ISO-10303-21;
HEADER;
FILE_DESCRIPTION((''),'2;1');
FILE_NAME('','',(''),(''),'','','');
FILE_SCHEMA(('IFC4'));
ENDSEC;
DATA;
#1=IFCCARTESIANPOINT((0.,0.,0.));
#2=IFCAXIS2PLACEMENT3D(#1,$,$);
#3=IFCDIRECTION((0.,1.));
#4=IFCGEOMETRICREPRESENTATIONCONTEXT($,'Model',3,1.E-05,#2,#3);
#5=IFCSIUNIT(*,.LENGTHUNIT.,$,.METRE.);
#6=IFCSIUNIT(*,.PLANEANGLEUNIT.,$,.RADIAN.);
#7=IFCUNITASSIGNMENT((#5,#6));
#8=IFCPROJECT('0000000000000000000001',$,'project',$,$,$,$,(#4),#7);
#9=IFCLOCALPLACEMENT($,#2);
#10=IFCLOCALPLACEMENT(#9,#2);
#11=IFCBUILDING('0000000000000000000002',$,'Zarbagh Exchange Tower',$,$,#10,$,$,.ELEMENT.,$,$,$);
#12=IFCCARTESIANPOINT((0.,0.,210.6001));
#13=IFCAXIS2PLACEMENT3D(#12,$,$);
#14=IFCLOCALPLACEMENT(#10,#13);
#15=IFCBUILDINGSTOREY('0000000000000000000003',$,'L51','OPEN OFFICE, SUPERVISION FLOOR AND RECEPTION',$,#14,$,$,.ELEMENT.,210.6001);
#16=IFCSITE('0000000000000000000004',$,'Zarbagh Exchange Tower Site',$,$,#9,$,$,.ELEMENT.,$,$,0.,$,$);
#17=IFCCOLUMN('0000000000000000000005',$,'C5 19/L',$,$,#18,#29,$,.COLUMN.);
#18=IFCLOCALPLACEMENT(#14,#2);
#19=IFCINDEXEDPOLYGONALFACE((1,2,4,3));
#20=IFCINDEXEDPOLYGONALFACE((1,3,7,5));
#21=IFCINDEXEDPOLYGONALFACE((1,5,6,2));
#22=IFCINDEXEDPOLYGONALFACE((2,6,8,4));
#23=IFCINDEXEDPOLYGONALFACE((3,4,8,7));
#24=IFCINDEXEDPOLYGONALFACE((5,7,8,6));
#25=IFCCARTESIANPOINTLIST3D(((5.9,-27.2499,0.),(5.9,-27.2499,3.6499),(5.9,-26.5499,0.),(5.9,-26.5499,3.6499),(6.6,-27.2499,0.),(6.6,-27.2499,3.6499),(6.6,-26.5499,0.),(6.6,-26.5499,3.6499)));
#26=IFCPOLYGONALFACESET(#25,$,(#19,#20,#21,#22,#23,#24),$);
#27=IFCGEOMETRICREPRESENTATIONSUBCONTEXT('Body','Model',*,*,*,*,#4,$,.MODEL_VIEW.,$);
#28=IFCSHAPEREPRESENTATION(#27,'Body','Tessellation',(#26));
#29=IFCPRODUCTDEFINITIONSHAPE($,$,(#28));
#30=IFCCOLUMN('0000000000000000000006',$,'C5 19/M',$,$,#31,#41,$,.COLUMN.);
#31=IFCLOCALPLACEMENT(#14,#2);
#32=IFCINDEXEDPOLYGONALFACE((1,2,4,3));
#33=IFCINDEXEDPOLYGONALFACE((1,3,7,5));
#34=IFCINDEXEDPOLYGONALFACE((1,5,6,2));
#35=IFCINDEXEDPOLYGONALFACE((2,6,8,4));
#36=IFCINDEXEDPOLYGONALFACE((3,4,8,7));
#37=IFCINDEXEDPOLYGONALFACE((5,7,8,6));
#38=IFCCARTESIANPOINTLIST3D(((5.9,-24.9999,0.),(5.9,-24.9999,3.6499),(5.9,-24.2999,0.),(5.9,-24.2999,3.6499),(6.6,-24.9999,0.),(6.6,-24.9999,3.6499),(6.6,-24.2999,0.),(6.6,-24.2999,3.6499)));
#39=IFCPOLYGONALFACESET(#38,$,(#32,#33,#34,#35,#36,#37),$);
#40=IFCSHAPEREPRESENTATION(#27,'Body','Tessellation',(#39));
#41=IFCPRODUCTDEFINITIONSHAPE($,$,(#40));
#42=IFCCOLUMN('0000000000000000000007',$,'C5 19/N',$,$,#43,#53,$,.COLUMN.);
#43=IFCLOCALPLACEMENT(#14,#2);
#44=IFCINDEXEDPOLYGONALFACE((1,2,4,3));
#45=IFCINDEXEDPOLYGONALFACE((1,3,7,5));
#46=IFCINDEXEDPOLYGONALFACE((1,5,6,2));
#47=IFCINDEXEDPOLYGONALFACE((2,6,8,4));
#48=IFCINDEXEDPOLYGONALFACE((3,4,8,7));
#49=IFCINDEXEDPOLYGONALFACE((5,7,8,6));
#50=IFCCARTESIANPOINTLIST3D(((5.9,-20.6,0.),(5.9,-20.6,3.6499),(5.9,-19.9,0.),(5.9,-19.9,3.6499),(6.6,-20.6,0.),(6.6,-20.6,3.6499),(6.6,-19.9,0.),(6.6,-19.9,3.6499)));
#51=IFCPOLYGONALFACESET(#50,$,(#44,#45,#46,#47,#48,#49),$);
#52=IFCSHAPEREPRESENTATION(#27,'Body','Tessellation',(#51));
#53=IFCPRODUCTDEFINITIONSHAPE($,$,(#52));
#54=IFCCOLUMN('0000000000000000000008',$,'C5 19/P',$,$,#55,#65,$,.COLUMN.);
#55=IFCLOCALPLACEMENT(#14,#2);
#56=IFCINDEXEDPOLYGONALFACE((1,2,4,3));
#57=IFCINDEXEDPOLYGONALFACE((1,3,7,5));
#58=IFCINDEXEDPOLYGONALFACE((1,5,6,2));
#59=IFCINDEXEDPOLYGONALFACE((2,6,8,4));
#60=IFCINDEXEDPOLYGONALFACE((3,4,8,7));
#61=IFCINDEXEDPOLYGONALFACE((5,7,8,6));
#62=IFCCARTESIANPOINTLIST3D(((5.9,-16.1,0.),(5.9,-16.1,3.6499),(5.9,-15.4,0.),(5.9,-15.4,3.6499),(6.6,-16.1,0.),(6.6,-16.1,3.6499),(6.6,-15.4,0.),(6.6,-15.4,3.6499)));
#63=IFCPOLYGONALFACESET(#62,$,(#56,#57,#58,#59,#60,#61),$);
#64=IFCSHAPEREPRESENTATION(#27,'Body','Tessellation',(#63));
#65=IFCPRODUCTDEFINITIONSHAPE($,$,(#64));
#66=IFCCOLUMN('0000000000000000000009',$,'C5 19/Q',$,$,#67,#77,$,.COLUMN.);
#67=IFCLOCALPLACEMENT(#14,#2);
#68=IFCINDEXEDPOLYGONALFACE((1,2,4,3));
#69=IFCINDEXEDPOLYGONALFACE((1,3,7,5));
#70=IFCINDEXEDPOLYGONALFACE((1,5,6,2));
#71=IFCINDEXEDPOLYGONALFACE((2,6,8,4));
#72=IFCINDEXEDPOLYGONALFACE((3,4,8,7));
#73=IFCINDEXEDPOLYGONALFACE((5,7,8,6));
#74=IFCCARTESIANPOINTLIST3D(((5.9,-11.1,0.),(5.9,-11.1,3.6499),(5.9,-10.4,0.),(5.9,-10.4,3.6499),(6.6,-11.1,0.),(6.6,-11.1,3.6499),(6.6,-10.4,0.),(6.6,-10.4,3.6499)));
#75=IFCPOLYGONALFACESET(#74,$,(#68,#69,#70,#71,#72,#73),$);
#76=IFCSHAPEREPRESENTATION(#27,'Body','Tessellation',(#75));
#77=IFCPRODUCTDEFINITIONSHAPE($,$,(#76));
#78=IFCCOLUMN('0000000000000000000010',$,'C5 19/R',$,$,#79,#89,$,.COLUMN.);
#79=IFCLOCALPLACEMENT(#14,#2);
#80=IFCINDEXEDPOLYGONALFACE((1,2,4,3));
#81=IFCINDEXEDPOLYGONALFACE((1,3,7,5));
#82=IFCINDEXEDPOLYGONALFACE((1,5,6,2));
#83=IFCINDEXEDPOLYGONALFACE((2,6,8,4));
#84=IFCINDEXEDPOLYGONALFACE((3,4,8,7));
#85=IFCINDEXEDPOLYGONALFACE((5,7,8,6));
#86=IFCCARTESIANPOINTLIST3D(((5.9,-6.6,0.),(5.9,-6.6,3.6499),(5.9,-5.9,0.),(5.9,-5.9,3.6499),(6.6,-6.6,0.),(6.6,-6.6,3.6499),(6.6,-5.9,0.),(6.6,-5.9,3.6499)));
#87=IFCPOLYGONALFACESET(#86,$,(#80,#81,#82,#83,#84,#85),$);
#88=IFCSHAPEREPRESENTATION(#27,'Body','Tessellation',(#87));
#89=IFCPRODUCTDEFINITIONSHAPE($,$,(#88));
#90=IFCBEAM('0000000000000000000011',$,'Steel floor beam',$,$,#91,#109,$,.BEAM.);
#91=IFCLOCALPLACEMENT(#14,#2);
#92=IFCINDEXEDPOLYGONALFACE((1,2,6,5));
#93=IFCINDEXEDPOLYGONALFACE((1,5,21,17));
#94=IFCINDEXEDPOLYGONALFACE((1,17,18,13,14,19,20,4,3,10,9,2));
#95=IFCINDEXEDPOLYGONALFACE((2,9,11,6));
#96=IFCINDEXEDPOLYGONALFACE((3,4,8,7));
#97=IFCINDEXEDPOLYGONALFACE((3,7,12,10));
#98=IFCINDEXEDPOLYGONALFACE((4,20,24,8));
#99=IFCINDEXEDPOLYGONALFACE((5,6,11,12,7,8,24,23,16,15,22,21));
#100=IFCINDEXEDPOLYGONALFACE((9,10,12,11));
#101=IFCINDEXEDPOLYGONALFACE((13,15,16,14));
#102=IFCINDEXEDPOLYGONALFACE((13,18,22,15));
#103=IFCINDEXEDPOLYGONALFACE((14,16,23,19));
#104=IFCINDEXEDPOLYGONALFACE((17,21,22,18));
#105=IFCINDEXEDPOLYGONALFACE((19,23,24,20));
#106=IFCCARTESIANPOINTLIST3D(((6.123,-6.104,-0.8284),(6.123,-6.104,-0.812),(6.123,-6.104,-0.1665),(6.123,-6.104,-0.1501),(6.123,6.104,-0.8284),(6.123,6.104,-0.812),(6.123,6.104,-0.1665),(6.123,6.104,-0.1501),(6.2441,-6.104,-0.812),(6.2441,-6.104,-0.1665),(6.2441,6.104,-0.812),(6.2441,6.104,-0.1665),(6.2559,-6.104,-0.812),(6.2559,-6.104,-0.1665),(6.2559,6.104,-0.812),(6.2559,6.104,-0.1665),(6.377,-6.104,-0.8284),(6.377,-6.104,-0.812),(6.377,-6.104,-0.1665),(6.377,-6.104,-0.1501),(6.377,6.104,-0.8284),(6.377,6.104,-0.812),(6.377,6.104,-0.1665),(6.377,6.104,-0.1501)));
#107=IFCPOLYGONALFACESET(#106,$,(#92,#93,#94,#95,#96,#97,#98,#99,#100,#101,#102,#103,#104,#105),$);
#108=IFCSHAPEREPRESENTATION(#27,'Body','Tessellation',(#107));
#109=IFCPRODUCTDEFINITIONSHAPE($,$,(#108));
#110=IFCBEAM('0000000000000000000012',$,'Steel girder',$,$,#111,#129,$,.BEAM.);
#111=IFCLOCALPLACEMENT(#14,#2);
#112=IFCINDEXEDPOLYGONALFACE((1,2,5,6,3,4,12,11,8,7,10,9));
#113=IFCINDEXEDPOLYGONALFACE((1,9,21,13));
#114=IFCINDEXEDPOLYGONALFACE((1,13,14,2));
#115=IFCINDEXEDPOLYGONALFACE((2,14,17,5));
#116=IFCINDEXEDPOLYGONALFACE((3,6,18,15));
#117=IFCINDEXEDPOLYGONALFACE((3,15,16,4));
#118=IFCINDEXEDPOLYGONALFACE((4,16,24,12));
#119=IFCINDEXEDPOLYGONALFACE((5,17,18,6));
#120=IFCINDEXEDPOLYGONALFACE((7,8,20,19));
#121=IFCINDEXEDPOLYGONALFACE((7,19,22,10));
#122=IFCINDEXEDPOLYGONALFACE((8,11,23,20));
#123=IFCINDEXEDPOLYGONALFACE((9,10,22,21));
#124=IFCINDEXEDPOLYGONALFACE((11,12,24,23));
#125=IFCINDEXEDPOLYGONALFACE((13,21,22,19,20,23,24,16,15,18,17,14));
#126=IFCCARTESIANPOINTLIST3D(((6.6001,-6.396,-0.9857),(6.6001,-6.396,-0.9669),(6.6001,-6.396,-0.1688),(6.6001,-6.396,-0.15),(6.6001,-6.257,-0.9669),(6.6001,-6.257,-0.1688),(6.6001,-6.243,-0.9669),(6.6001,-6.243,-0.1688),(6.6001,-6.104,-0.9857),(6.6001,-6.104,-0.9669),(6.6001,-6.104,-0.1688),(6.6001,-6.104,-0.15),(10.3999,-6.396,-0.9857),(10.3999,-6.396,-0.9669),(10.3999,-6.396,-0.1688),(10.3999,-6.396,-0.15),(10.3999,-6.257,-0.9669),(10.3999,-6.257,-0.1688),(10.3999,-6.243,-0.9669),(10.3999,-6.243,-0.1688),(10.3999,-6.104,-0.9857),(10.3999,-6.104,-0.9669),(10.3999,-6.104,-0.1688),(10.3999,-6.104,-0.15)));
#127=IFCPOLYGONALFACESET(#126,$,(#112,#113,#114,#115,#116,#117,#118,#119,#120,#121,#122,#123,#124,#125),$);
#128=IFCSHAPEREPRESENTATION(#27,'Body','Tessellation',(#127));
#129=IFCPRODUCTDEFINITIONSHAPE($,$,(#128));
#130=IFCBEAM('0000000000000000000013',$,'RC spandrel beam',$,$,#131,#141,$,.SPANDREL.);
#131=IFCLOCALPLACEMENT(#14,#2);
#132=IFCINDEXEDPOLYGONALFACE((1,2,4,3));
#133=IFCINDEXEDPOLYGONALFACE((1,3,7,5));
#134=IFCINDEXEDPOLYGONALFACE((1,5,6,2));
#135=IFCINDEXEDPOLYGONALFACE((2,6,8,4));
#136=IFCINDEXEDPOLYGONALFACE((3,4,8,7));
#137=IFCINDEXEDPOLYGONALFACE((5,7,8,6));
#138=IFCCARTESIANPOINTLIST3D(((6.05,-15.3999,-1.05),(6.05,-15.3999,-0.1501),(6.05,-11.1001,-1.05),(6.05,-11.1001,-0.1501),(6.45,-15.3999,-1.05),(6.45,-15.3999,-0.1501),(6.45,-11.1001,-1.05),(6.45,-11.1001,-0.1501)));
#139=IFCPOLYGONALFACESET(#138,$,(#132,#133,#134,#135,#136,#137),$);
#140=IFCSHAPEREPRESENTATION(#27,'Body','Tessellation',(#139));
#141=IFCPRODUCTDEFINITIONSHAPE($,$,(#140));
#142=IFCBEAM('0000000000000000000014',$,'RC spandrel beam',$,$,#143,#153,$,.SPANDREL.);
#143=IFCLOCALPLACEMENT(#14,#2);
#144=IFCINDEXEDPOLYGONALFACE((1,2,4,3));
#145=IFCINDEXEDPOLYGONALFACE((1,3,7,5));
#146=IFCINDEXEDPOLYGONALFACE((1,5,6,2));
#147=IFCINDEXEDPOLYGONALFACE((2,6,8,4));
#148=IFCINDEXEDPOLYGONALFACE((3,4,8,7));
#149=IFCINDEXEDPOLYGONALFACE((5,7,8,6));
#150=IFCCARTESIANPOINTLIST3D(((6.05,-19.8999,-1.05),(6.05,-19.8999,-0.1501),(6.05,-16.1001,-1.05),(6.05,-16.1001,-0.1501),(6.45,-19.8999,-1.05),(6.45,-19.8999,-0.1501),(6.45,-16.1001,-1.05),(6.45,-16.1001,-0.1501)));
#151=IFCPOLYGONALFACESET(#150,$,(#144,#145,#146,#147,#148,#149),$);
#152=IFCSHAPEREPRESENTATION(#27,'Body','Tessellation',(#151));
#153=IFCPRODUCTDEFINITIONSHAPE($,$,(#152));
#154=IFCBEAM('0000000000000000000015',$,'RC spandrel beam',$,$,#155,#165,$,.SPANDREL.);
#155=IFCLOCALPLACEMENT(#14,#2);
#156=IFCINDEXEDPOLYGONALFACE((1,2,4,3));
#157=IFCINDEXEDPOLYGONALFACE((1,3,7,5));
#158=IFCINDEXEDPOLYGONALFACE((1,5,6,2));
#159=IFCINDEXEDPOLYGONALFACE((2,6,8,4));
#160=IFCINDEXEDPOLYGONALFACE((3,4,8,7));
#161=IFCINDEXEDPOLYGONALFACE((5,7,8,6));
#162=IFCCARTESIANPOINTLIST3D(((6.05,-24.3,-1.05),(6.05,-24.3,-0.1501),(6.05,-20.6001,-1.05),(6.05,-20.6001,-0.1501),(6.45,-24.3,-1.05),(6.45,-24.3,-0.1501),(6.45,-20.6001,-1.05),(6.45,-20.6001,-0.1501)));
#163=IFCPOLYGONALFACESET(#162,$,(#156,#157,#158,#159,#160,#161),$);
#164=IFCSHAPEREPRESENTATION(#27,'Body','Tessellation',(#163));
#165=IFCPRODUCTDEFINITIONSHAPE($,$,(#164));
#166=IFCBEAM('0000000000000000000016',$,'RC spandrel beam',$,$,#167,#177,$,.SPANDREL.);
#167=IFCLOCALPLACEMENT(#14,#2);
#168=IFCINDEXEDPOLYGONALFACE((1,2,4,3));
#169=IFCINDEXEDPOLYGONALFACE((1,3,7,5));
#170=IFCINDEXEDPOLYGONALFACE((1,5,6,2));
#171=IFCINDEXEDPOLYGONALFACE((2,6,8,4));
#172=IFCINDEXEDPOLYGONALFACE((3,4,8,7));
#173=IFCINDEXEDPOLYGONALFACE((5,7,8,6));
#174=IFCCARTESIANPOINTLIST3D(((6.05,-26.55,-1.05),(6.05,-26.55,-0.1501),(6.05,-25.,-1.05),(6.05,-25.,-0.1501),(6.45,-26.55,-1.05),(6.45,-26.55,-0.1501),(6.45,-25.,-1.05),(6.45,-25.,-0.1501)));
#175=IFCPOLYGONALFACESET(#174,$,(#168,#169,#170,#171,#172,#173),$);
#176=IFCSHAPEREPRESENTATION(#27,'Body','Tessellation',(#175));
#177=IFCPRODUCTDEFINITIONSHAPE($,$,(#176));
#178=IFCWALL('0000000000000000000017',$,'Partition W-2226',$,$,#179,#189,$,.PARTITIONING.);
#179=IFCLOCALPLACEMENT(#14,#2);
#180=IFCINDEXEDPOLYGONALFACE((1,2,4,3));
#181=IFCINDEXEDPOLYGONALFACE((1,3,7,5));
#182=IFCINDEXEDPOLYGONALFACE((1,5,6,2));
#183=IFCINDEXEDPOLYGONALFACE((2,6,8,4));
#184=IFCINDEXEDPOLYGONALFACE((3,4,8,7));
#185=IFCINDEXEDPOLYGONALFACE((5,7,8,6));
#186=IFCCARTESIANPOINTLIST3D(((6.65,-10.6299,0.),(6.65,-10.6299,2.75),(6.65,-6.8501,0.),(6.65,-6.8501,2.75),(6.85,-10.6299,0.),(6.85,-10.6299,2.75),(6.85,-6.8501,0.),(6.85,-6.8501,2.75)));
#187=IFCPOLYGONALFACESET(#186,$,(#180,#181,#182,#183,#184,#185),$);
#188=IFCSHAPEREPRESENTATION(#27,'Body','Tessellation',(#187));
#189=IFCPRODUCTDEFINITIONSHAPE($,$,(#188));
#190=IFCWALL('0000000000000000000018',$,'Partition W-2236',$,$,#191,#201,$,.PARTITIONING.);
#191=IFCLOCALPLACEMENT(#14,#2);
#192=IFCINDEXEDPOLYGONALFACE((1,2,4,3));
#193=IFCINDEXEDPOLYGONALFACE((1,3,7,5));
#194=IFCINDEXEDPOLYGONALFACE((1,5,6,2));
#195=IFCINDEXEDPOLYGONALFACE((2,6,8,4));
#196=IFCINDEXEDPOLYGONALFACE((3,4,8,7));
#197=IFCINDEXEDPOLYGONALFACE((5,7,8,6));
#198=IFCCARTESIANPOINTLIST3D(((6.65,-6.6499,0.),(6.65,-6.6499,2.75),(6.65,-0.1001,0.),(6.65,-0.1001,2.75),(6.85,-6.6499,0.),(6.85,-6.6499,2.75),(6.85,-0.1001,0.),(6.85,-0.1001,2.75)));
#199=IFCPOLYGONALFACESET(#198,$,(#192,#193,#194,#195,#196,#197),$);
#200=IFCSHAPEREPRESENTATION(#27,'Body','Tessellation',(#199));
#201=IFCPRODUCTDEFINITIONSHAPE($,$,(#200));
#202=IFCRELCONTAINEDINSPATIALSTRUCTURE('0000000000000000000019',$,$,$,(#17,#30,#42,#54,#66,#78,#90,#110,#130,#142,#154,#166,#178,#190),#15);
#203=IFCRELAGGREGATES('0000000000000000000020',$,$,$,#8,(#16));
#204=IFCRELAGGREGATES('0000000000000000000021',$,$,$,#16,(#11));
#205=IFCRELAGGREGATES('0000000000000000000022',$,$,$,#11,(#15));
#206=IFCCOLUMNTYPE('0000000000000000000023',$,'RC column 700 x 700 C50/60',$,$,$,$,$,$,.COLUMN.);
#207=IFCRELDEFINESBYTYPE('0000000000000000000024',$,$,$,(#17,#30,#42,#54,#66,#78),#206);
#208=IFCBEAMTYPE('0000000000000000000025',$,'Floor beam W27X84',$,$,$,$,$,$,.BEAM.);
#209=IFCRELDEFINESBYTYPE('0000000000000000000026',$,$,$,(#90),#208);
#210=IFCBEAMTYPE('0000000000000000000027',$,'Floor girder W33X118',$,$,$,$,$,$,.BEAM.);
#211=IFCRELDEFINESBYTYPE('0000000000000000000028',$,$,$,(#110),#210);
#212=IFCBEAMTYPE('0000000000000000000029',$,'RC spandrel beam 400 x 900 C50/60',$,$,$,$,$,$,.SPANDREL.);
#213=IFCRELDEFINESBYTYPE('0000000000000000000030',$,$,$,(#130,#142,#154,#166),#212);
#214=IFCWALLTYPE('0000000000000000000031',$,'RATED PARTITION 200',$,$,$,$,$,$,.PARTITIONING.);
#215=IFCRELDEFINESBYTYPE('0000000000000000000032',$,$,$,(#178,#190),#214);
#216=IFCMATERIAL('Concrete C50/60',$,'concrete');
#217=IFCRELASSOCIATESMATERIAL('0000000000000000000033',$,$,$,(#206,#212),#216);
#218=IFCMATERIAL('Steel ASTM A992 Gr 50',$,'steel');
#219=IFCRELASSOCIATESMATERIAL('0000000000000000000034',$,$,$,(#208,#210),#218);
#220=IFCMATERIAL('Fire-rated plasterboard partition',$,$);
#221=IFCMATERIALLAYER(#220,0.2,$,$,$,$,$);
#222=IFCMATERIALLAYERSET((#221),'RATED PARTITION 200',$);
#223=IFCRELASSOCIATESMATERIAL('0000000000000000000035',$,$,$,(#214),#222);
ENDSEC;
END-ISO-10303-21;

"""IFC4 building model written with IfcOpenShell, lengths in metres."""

from ifc_helpers import new_model, si_unit, direction, frame, frame_2d, origin, origin_2d, place, context, subcontext, project, spatial, rectangle, i_section, extrude, material, layer, layer_set, material_profile, profile_set, type_object, element, save


model = new_model("IFC4")

# Units and contexts
model_context = context("Model", 3, precision=1e-05, world=origin(), true_north=direction((0.0, 1.0)))
body_context = subcontext(model_context, "Body", "Model", "MODEL_VIEW")
ifc_project = project(units=[si_unit("LENGTHUNIT", "METRE"), si_unit("PLANEANGLEUNIT", "RADIAN")], contexts=[model_context])

# Site, building, storey
site_placement = place(None, origin())
site = spatial("IfcSite", under=ifc_project, at=site_placement, Name="Zarbagh Exchange Tower Site", CompositionType="ELEMENT", RefElevation=0.0)
building_placement = place(site_placement, origin())
building = spatial("IfcBuilding", under=site, at=building_placement, Name="Zarbagh Exchange Tower", CompositionType="ELEMENT")
storey_placement = place(building_placement, frame((0.0, 0.0, 210.6001)))
storey = spatial("IfcBuildingStorey", under=building, at=storey_placement, Name="L51", Description="OPEN OFFICE, SUPERVISION FLOOR AND RECEPTION", CompositionType="ELEMENT", Elevation=210.6001)

# Columns
ifc_material_1 = material(Name="Concrete C50/60", Category="concrete")
ifc_material_profile_1 = material_profile(ifc_material_1, rectangle(XDim=0.7, YDim=0.7, at=origin_2d()), Name="RC column 700 x 700 C50/60")
ifc_profile_set_1 = profile_set([ifc_material_profile_1], Name="Concrete C50/60")
column_type = type_object("IfcColumnType", Name="RC column 700 x 700 C50/60", PredefinedType="COLUMN", material=ifc_profile_set_1)
for number, where, z_axis, x_axis, name in (
    (1, (6.25, -26.8999, 0.0), (0.0, 0.0, 1.0), (1.0, 0.0, 0.0), "C5 19/L"),
    (2, (6.25, -24.6499, 0.0), (0.0, 0.0, 1.0), (1.0, 0.0, 0.0), "C5 19/M"),
    (3, (6.25, -20.25, 0.0), (0.0, 0.0, 1.0), (1.0, 0.0, 0.0), "C5 19/N"),
    (4, (6.25, -15.75, 0.0), (0.0, 0.0, 1.0), (1.0, 0.0, 0.0), "C5 19/P"),
    (5, (6.25, -10.75, 0.0), (0.0, 0.0, 1.0), (1.0, 0.0, 0.0), "C5 19/Q"),
    (6, (6.25, -6.25, 0.0), (0.0, 0.0, 1.0), (1.0, 0.0, 0.0), "C5 19/R"),
):
    element("IfcColumn", number, at=place(storey_placement, frame(where, z_axis=z_axis, x_axis=x_axis)), inside=storey, type_object=column_type, Name=name, PredefinedType="COLUMN", context=body_context, shape_type="SweptSolid", body=[
        extrude(rectangle(XDim=0.7, YDim=0.7, at=origin_2d()), origin(), (0.0, 0.0, 1.0), 3.6499),
    ])

# Beams
ifc_material_2 = material(Name="Steel ASTM A992 Gr 50", Category="steel")
ifc_material_profile_2 = material_profile(ifc_material_2, i_section(OverallWidth=0.2539, OverallDepth=0.6782, WebThickness=0.0117, FlangeThickness=0.0164, at=origin_2d()), Name="W27X84")
ifc_profile_set_2 = profile_set([ifc_material_profile_2], Name="Steel ASTM A992 Gr 50")
beam_type_1 = type_object("IfcBeamType", Name="Floor beam W27X84", PredefinedType="BEAM", material=ifc_profile_set_2)
beam_1_placement = place(storey_placement, frame((6.25, -6.104, -0.4893), z_axis=(0.0, 1.0, 0.0), x_axis=(-1.0, 0.0, 0.0)))
element("IfcBeam", 7, at=beam_1_placement, inside=storey, type_object=beam_type_1, Name="Steel floor beam", PredefinedType="BEAM", context=body_context, shape_type="SweptSolid", body=[
    extrude(i_section(OverallWidth=0.2539, OverallDepth=0.6782, WebThickness=0.0117, FlangeThickness=0.0164, at=origin_2d()), origin(), (0.0, 0.0, 1.0), 12.208),
])
ifc_material_profile_3 = material_profile(ifc_material_2, i_section(OverallWidth=0.292, OverallDepth=0.8357, WebThickness=0.0139, FlangeThickness=0.0188, at=origin_2d()), Name="W33X118")
ifc_profile_set_3 = profile_set([ifc_material_profile_3], Name="Steel ASTM A992 Gr 50")
beam_type_2 = type_object("IfcBeamType", Name="Floor girder W33X118", PredefinedType="BEAM", material=ifc_profile_set_3)
beam_2_placement = place(storey_placement, frame((6.6001, -6.25, -0.5679), z_axis=(1.0, 0.0, 0.0), x_axis=(0.0, 1.0, 0.0)))
element("IfcBeam", 8, at=beam_2_placement, inside=storey, type_object=beam_type_2, Name="Steel girder", PredefinedType="BEAM", context=body_context, shape_type="SweptSolid", body=[
    extrude(i_section(OverallWidth=0.292, OverallDepth=0.8357, WebThickness=0.0139, FlangeThickness=0.0188, at=origin_2d()), origin(), (0.0, 0.0, 1.0), 3.7998),
])
ifc_material_profile_4 = material_profile(ifc_material_1, rectangle(XDim=0.3999, YDim=0.8999, at=origin_2d()), Name="RC spandrel beam 400 x 900 C50/60")
ifc_profile_set_4 = profile_set([ifc_material_profile_4], Name="Concrete C50/60")
beam_type_3 = type_object("IfcBeamType", Name="RC spandrel beam 400 x 900 C50/60", PredefinedType="SPANDREL", material=ifc_profile_set_4)
beam_3_placement = place(storey_placement, frame((6.25, -11.1001, -0.6001), z_axis=(0.0, -1.0, 0.0), x_axis=(1.0, 0.0, 0.0)))
element("IfcBeam", 9, at=beam_3_placement, inside=storey, type_object=beam_type_3, Name="RC spandrel beam", PredefinedType="SPANDREL", context=body_context, shape_type="SweptSolid", body=[
    extrude(rectangle(XDim=0.3999, YDim=0.8999, at=origin_2d()), origin(), (0.0, 0.0, 1.0), 4.2998),
])
beam_4_placement = place(storey_placement, frame((6.25, -16.1001, -0.6001), z_axis=(0.0, -1.0, 0.0), x_axis=(1.0, 0.0, 0.0)))
element("IfcBeam", 10, at=beam_4_placement, inside=storey, type_object=beam_type_3, Name="RC spandrel beam", PredefinedType="SPANDREL", context=body_context, shape_type="SweptSolid", body=[
    extrude(rectangle(XDim=0.3999, YDim=0.8999, at=origin_2d()), origin(), (0.0, 0.0, 1.0), 3.7998),
])
beam_5_placement = place(storey_placement, frame((6.25, -20.6001, -0.6001), z_axis=(0.0, -1.0, 0.0), x_axis=(1.0, 0.0, 0.0)))
element("IfcBeam", 11, at=beam_5_placement, inside=storey, type_object=beam_type_3, Name="RC spandrel beam", PredefinedType="SPANDREL", context=body_context, shape_type="SweptSolid", body=[
    extrude(rectangle(XDim=0.3999, YDim=0.8999, at=origin_2d()), origin(), (0.0, 0.0, 1.0), 3.7),
])
beam_6_placement = place(storey_placement, frame((6.25, -25.0, -0.6001), z_axis=(0.0, -1.0, 0.0), x_axis=(1.0, 0.0, 0.0)))
element("IfcBeam", 12, at=beam_6_placement, inside=storey, type_object=beam_type_3, Name="RC spandrel beam", PredefinedType="SPANDREL", context=body_context, shape_type="SweptSolid", body=[
    extrude(rectangle(XDim=0.3999, YDim=0.8999, at=origin_2d()), origin(), (0.0, 0.0, 1.0), 1.55),
])

# Walls
ifc_material_3 = material(Name="Fire-rated plasterboard partition")
ifc_layer_1 = layer(ifc_material_3, 0.2)
ifc_layer_set_1 = layer_set([ifc_layer_1], Name="RATED PARTITION 200")
wall_type_1 = type_object("IfcWallType", Name="RATED PARTITION 200", PredefinedType="PARTITIONING", material=ifc_layer_set_1)
wall_1_placement = place(storey_placement, frame((6.75, -10.6299, 0.0), z_axis=(0.0, 0.0, 1.0), x_axis=(0.0, 1.0, 0.0)))
element("IfcWall", 13, at=wall_1_placement, inside=storey, type_object=wall_type_1, Name="Partition W-2226", PredefinedType="PARTITIONING", context=body_context, shape_type="SweptSolid", body=[
    extrude(rectangle(XDim=3.7798, YDim=0.2, at=frame_2d((1.8899, 0.0))), origin(), (0.0, 0.0, 1.0), 2.75),
])
wall_2_placement = place(storey_placement, frame((6.75, -6.6499, 0.0), z_axis=(0.0, 0.0, 1.0), x_axis=(0.0, 1.0, 0.0)))
element("IfcWall", 14, at=wall_2_placement, inside=storey, type_object=wall_type_1, Name="Partition W-2236", PredefinedType="PARTITIONING", context=body_context, shape_type="SweptSolid", body=[
    extrude(rectangle(XDim=6.5498, YDim=0.2, at=frame_2d((3.2749, 0.0))), origin(), (0.0, 0.0, 1.0), 2.75),
])

save(model, "model.ifc")
